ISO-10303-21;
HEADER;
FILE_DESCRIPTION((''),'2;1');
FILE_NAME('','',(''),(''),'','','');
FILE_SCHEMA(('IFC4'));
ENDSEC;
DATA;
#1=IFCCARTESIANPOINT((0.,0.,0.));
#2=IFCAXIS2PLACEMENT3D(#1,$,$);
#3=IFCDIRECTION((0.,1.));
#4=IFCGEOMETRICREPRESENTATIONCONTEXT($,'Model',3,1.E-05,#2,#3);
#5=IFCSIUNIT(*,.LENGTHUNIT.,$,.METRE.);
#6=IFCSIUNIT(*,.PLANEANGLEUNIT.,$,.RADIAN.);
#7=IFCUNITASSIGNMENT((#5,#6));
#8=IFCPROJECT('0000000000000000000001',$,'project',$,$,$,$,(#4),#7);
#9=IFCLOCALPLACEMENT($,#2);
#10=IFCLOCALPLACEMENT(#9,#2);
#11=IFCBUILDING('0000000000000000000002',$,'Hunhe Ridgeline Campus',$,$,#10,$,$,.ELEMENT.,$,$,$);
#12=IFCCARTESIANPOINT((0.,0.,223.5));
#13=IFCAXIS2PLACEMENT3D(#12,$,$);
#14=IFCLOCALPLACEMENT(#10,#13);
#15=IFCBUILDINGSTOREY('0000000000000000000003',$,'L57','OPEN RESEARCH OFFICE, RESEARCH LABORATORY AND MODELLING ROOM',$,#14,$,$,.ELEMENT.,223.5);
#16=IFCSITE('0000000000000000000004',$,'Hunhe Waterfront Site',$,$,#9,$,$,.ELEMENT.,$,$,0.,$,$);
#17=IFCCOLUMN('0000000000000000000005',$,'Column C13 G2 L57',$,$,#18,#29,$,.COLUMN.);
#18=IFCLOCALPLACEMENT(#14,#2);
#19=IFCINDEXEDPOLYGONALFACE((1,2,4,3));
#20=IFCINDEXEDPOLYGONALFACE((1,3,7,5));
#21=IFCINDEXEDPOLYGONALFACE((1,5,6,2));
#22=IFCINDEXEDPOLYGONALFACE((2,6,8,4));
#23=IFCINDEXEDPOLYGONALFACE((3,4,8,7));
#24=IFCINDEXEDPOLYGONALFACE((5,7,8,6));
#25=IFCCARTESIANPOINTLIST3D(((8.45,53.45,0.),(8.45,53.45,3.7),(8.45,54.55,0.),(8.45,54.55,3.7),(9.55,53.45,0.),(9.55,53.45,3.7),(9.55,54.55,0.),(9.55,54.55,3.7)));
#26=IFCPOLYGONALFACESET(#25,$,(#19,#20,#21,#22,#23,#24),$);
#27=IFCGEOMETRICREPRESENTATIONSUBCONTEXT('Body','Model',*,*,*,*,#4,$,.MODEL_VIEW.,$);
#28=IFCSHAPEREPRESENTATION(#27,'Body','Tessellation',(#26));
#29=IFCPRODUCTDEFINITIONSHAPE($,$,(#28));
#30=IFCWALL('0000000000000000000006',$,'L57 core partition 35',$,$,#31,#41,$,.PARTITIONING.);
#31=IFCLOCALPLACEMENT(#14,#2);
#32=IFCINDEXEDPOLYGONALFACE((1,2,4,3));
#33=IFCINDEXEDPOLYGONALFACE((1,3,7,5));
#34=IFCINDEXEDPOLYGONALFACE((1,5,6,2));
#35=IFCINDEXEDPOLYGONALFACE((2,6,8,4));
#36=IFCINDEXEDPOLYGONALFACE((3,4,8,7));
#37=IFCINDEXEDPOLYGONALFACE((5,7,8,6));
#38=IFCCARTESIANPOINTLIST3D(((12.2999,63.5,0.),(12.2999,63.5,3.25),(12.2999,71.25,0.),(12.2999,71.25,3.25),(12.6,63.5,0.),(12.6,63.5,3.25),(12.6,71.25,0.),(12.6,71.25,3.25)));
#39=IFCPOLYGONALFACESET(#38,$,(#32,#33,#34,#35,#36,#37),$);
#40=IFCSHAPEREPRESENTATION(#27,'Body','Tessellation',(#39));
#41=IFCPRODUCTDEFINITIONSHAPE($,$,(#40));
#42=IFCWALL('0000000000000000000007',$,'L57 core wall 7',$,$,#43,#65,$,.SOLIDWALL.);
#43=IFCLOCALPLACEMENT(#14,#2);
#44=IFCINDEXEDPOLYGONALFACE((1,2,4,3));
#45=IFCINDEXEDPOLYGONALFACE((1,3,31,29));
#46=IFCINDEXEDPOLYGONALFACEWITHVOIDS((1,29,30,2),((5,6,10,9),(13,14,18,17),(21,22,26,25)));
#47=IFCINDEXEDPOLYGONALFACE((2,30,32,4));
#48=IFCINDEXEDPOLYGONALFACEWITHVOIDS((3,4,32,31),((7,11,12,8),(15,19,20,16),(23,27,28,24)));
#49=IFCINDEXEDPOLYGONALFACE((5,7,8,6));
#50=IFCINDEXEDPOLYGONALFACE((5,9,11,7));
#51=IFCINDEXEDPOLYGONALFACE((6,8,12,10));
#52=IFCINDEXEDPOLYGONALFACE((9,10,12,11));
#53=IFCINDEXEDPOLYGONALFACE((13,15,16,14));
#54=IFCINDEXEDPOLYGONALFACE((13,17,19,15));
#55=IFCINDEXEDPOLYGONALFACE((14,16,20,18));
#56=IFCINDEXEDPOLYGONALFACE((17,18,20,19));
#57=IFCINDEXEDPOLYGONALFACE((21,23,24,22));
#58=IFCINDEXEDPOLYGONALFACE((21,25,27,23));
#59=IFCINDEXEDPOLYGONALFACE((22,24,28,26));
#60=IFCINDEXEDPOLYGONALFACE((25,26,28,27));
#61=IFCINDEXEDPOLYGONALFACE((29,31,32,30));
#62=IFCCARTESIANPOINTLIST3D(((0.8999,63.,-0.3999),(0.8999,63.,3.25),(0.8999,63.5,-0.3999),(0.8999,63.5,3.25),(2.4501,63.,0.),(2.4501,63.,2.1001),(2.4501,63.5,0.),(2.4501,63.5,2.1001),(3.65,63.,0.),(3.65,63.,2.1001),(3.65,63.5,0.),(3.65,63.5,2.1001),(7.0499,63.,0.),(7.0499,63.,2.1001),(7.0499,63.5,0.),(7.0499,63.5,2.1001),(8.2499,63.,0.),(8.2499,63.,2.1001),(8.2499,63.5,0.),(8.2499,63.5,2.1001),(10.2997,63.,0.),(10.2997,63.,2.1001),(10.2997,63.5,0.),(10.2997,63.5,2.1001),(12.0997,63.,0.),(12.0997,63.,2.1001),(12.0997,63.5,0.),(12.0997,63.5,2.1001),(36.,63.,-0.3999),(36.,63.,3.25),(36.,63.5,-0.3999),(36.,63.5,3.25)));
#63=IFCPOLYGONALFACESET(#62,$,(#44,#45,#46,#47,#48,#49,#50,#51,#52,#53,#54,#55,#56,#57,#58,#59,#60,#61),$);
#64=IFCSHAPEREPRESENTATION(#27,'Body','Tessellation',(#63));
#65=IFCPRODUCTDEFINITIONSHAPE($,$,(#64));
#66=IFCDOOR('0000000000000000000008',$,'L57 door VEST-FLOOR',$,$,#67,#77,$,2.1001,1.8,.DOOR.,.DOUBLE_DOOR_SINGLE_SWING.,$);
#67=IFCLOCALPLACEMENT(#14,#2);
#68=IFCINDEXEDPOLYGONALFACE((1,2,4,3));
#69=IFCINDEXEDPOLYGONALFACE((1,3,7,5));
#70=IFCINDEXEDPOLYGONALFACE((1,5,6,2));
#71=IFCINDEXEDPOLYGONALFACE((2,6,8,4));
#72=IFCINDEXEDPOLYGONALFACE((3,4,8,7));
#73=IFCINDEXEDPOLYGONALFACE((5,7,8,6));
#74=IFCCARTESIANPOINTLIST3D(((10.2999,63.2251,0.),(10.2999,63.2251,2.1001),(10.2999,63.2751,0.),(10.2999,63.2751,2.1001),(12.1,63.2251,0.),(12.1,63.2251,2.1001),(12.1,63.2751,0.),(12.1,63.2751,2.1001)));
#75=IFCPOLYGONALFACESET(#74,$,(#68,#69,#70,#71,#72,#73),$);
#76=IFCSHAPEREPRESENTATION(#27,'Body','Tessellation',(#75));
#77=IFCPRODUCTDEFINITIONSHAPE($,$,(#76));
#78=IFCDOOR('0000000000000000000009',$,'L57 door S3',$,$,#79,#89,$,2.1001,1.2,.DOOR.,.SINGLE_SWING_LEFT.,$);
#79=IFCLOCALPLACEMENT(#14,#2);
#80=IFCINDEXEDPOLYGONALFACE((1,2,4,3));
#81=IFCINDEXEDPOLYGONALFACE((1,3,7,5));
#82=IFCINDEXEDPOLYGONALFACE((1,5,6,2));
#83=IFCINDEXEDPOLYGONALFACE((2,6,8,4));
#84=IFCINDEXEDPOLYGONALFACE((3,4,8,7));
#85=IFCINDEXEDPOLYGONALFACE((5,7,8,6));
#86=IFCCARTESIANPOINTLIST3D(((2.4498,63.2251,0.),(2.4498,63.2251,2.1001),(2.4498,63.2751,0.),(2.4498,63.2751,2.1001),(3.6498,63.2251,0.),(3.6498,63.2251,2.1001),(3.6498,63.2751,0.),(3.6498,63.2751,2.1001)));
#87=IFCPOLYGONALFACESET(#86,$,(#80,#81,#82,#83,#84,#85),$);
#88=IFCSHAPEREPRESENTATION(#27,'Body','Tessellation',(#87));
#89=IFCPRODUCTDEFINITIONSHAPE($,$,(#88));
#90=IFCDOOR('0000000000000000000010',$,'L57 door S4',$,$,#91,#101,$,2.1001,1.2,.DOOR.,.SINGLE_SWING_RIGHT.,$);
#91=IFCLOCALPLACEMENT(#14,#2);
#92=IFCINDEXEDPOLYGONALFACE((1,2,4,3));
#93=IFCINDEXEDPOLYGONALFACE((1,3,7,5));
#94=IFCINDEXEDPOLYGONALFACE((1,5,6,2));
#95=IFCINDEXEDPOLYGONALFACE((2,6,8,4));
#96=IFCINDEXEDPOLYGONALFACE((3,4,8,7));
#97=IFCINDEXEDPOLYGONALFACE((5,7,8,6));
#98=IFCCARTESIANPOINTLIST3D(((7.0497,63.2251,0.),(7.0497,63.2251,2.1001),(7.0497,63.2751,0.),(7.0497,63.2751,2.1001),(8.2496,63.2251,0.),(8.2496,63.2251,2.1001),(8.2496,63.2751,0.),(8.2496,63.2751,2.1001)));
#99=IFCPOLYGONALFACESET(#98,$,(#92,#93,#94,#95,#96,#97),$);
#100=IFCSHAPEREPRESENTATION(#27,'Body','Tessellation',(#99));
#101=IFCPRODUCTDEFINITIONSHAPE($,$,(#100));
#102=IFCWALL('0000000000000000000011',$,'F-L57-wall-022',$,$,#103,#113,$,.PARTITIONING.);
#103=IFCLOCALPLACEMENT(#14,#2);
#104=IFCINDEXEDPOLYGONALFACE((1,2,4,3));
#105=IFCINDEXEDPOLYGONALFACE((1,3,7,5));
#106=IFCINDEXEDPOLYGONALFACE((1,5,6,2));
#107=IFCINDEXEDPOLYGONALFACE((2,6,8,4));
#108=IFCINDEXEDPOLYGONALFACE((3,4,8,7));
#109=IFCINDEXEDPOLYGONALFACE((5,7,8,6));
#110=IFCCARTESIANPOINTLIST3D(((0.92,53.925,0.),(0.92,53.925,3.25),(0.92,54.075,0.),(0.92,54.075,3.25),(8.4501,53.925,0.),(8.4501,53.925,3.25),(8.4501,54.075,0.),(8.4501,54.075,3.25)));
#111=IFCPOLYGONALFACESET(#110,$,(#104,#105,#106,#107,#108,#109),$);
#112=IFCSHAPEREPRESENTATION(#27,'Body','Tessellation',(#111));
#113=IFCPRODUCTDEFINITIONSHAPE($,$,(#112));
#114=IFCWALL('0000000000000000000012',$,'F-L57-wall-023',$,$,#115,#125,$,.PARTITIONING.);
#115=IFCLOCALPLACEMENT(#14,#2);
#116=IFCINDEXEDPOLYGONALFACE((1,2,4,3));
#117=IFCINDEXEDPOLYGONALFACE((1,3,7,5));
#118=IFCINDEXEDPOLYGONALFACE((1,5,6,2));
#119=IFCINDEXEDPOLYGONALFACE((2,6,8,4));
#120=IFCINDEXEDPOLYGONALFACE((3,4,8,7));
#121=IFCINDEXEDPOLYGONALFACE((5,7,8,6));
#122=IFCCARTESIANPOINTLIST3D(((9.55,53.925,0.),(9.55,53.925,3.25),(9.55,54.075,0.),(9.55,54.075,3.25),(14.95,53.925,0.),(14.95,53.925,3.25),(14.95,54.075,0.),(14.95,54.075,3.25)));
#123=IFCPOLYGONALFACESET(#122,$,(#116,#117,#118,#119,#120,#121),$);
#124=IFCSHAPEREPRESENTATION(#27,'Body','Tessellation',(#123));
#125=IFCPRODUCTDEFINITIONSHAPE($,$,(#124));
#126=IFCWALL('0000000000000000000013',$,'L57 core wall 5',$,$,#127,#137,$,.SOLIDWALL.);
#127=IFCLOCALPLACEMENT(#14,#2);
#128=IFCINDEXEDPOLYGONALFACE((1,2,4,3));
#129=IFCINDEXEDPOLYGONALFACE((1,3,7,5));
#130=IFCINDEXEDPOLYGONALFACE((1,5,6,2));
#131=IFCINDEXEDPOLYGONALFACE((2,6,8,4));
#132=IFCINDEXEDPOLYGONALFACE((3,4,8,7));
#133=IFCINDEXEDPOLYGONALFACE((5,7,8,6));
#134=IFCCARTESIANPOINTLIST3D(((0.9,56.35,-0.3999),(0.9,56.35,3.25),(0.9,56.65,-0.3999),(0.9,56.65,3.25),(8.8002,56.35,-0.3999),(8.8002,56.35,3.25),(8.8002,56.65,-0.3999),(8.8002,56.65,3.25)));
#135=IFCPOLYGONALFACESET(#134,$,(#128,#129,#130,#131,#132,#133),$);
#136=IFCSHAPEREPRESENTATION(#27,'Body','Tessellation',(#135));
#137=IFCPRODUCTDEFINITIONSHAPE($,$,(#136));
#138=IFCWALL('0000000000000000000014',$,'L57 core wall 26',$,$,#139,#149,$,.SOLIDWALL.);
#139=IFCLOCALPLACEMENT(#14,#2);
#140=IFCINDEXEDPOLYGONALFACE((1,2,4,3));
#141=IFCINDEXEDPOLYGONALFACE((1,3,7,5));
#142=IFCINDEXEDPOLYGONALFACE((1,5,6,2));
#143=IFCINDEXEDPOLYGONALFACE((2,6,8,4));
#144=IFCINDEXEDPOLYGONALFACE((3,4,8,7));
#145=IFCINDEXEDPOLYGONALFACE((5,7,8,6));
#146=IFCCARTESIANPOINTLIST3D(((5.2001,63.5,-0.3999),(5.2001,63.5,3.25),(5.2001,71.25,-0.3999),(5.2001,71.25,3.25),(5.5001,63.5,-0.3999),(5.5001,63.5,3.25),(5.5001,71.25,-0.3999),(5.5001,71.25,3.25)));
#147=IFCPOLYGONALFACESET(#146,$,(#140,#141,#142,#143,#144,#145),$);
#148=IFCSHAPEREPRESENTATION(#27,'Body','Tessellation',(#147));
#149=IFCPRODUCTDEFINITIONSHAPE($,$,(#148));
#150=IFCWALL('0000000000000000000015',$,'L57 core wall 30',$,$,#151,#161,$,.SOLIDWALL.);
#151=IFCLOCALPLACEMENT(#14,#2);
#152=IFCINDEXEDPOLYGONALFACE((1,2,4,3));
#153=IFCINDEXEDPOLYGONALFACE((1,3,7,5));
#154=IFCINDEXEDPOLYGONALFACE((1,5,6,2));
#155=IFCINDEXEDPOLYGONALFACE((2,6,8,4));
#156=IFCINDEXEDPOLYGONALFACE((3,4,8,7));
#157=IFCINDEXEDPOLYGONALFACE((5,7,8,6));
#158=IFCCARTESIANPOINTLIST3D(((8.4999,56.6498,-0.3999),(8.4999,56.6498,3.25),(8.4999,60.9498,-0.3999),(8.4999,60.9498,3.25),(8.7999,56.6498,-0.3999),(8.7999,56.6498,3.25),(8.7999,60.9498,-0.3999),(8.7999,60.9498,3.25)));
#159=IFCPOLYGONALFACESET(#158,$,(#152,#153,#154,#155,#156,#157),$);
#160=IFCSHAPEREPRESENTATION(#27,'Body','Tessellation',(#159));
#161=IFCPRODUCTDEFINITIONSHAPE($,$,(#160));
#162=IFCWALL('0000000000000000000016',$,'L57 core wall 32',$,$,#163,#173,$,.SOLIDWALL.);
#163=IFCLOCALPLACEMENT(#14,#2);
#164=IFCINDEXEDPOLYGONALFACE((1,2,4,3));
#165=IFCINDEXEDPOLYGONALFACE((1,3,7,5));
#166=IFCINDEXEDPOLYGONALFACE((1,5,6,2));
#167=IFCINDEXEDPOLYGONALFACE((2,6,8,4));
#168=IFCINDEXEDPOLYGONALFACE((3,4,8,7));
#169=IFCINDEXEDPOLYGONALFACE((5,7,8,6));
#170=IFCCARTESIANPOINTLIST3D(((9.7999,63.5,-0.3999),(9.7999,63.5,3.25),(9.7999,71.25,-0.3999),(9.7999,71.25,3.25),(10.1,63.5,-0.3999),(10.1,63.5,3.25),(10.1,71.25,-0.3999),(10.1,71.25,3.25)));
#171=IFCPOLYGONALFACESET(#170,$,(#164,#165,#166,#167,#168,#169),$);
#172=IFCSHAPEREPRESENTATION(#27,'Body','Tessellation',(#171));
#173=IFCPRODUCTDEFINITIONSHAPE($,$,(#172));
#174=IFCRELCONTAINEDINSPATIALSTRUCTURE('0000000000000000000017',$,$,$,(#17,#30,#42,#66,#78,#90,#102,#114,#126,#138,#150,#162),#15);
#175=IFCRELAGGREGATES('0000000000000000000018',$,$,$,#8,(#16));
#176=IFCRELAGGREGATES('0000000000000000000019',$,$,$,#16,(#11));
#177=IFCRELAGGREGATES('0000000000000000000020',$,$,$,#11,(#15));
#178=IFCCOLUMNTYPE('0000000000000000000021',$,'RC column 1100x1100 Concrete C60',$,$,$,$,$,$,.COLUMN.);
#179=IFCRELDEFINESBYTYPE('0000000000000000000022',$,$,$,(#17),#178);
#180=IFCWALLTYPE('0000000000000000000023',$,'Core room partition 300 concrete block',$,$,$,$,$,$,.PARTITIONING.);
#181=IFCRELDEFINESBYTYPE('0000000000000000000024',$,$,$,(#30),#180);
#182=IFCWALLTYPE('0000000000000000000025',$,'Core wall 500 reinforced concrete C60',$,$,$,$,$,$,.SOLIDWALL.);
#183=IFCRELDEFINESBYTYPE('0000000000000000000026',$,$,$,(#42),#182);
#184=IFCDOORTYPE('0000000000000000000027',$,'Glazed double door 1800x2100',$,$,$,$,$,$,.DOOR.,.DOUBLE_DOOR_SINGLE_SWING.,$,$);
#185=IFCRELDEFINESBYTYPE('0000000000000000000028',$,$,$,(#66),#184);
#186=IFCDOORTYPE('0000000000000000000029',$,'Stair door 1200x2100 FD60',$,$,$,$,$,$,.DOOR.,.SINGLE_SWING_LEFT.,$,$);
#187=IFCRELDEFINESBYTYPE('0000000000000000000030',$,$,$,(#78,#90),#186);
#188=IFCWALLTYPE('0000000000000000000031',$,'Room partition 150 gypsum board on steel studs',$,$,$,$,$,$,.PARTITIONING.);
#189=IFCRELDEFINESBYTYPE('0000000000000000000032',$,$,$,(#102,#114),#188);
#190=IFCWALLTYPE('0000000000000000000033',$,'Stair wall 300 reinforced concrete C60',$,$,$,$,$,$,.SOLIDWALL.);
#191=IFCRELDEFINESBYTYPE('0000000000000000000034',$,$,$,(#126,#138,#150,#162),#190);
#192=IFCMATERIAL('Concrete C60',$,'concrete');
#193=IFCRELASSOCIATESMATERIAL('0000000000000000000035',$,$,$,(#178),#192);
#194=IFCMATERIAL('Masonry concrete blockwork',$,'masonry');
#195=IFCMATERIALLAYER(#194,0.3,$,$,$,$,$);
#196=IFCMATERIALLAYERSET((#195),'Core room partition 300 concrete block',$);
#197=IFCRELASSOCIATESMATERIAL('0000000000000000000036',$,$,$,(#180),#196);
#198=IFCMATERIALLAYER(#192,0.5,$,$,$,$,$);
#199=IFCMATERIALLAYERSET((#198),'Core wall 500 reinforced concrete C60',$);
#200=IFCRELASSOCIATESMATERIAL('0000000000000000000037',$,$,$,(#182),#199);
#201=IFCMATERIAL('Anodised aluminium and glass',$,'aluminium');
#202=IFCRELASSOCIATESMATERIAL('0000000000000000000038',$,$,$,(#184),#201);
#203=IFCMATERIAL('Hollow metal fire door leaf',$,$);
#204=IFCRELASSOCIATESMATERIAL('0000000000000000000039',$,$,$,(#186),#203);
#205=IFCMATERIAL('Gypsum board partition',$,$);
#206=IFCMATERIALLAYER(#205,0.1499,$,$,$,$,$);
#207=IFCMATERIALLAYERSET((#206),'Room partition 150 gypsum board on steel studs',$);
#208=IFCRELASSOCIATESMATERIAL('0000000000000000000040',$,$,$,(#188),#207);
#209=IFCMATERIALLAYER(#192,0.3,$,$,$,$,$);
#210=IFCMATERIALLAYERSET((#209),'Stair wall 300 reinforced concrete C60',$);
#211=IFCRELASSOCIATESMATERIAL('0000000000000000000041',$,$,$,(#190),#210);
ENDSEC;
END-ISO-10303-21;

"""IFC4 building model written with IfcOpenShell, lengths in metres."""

from ifc_helpers import new_model, si_unit, direction, frame, frame_2d, origin, origin_2d, place, context, subcontext, project, spatial, rectangle, extrude, material, layer, layer_set, material_profile, profile_set, type_object, element, fill, save


model = new_model("IFC4")

# Units and contexts
model_context = context("Model", 3, precision=1e-05, world=origin(), true_north=direction((0.0, 1.0)))
body_context = subcontext(model_context, "Body", "Model", "MODEL_VIEW")
ifc_project = project(units=[si_unit("LENGTHUNIT", "METRE"), si_unit("PLANEANGLEUNIT", "RADIAN")], contexts=[model_context])

# Site, building, storey
site_placement = place(None, origin())
site = spatial("IfcSite", under=ifc_project, at=site_placement, Name="Hunhe Waterfront Site", CompositionType="ELEMENT", RefElevation=0.0)
building_placement = place(site_placement, origin())
building = spatial("IfcBuilding", under=site, at=building_placement, Name="Hunhe Ridgeline Campus", CompositionType="ELEMENT")
storey_placement = place(building_placement, frame((0.0, 0.0, 223.5)))
storey = spatial("IfcBuildingStorey", under=building, at=storey_placement, Name="L57", Description="OPEN RESEARCH OFFICE, RESEARCH LABORATORY AND MODELLING ROOM", CompositionType="ELEMENT", Elevation=223.5)

# Column
ifc_material_1 = material(Name="Concrete C60", Category="concrete")
ifc_material_profile = material_profile(ifc_material_1, rectangle(XDim=1.1001, YDim=1.1001, at=origin_2d()))
ifc_profile_set = profile_set([ifc_material_profile], Name="Concrete C60")
column_type = type_object("IfcColumnType", Name="RC column 1100x1100 Concrete C60", PredefinedType="COLUMN", material=ifc_profile_set)
column_placement = place(storey_placement, frame((9.0, 54.0, 0.0), z_axis=(0.0, 0.0, 1.0), x_axis=(1.0, 0.0, 0.0)))
element("IfcColumn", 1, at=column_placement, inside=storey, type_object=column_type, Name="Column C13 G2 L57", PredefinedType="COLUMN", context=body_context, shape_type="SweptSolid", body=[
    extrude(rectangle(XDim=1.1001, YDim=1.1001, at=origin_2d()), origin(), (0.0, 0.0, 1.0), 3.7),
])

# Wall
ifc_material_2 = material(Name="Masonry concrete blockwork", Category="masonry")
ifc_layer_1 = layer(ifc_material_2, 0.3)
ifc_layer_set_1 = layer_set([ifc_layer_1], Name="Core room partition 300 concrete block")
wall_type_1 = type_object("IfcWallType", Name="Core room partition 300 concrete block", PredefinedType="PARTITIONING", material=ifc_layer_set_1)
wall_1_placement = place(storey_placement, frame((12.45, 63.5, 0.0), z_axis=(0.0, 0.0, 1.0), x_axis=(0.0, 1.0, 0.0)))
element("IfcWall", 2, at=wall_1_placement, inside=storey, type_object=wall_type_1, Name="L57 core partition 35", PredefinedType="PARTITIONING", context=body_context, shape_type="SweptSolid", body=[
    extrude(rectangle(XDim=7.75, YDim=0.3, at=frame_2d((3.875, 0.0))), origin(), (0.0, 0.0, 1.0), 3.25),
])

# Wall, openings, doors
ifc_layer_2 = layer(ifc_material_1, 0.5)
ifc_layer_set_2 = layer_set([ifc_layer_2], Name="Core wall 500 reinforced concrete C60")
wall_type_2 = type_object("IfcWallType", Name="Core wall 500 reinforced concrete C60", PredefinedType="SOLIDWALL", material=ifc_layer_set_2)
wall_2_placement = place(storey_placement, frame((0.8999, 63.25, -0.3999), z_axis=(0.0, 0.0, 1.0), x_axis=(1.0, 0.0, 0.0)))
wall_2 = element("IfcWall", 3, at=wall_2_placement, inside=storey, type_object=wall_type_2, Name="L57 core wall 7", PredefinedType="SOLIDWALL", context=body_context, shape_type="SweptSolid", body=[
    extrude(rectangle(XDim=35.1001, YDim=0.5, at=frame_2d((17.55, 0.0))), origin(), (0.0, 0.0, 1.0), 3.6499),
])
opening_1_placement = place(wall_2_placement, frame((9.3999, 0.0, 0.3999)))
opening_1 = element("IfcOpeningElement", 4, at=opening_1_placement, cuts=wall_2, PredefinedType="OPENING", context=body_context, shape_type="SweptSolid", body=[
    extrude(rectangle(XDim=1.8, YDim=2.1001, at=frame_2d((0.8999, 1.05))), frame((0.0, 0.25, 0.0), z_axis=(0.0, -1.0, 0.0), x_axis=(1.0, 0.0, 0.0)), (0.0, 0.0, 1.0), 0.5),
])
opening_2_placement = place(wall_2_placement, frame((1.55, 0.0, 0.3999)))
opening_2 = element("IfcOpeningElement", 5, at=opening_2_placement, cuts=wall_2, PredefinedType="OPENING", context=body_context, shape_type="SweptSolid", body=[
    extrude(rectangle(XDim=1.2, YDim=2.1001, at=frame_2d((0.6001, 1.05))), frame((0.0, 0.25, 0.0), z_axis=(0.0, -1.0, 0.0), x_axis=(1.0, 0.0, 0.0)), (0.0, 0.0, 1.0), 0.5),
])
opening_3_placement = place(wall_2_placement, frame((6.1499, 0.0, 0.3999)))
opening_3 = element("IfcOpeningElement", 6, at=opening_3_placement, cuts=wall_2, PredefinedType="OPENING", context=body_context, shape_type="SweptSolid", body=[
    extrude(rectangle(XDim=1.2, YDim=2.1001, at=frame_2d((0.6001, 1.05))), frame((0.0, 0.25, 0.0), z_axis=(0.0, -1.0, 0.0), x_axis=(1.0, 0.0, 0.0)), (0.0, 0.0, 1.0), 0.5),
])
ifc_material_3 = material(Name="Anodised aluminium and glass", Category="aluminium")
door_type_1 = type_object("IfcDoorType", Name="Glazed double door 1800x2100", OperationType="DOUBLE_DOOR_SINGLE_SWING", PredefinedType="DOOR", material=ifc_material_3)
door_1_placement = place(opening_1_placement, frame((1.8, 0.0, 0.0), z_axis=(0.0, 0.0, 1.0), x_axis=(-1.0, 0.0, 0.0)))
door_1 = element("IfcDoor", 7, at=door_1_placement, inside=storey, type_object=door_type_1, Name="L57 door VEST-FLOOR", OperationType="DOUBLE_DOOR_SINGLE_SWING", OverallHeight=2.1001, OverallWidth=1.8, PredefinedType="DOOR", context=body_context, shape_type="SweptSolid", body=[
    extrude(rectangle(XDim=1.8, YDim=2.1001, at=frame_2d((0.8999, 1.05))), frame((0.0, 0.0249, 0.0), z_axis=(0.0, -1.0, 0.0), x_axis=(1.0, 0.0, 0.0)), (0.0, 0.0, 1.0), 0.05),
])
fill(opening_1, door_1)
ifc_material_4 = material(Name="Hollow metal fire door leaf")
door_type_2 = type_object("IfcDoorType", Name="Stair door 1200x2100 FD60", OperationType="SINGLE_SWING_LEFT", PredefinedType="DOOR", material=ifc_material_4)
door_2_placement = place(opening_2_placement, frame((1.2, 0.0, 0.0), z_axis=(0.0, 0.0, 1.0), x_axis=(-1.0, 0.0, 0.0)))
door_2 = element("IfcDoor", 8, at=door_2_placement, inside=storey, type_object=door_type_2, Name="L57 door S3", OperationType="SINGLE_SWING_LEFT", OverallHeight=2.1001, OverallWidth=1.2, PredefinedType="DOOR", context=body_context, shape_type="SweptSolid", body=[
    extrude(rectangle(XDim=1.2, YDim=2.1001, at=frame_2d((0.6001, 1.05))), frame((0.0, 0.0249, 0.0), z_axis=(0.0, -1.0, 0.0), x_axis=(1.0, 0.0, 0.0)), (0.0, 0.0, 1.0), 0.05),
])
fill(opening_2, door_2)
door_3_placement = place(opening_3_placement, frame((1.2, 0.0, 0.0), z_axis=(0.0, 0.0, 1.0), x_axis=(-1.0, 0.0, 0.0)))
door_3 = element("IfcDoor", 9, at=door_3_placement, inside=storey, type_object=door_type_2, Name="L57 door S4", OperationType="SINGLE_SWING_RIGHT", OverallHeight=2.1001, OverallWidth=1.2, PredefinedType="DOOR", context=body_context, shape_type="SweptSolid", body=[
    extrude(rectangle(XDim=1.2, YDim=2.1001, at=frame_2d((0.6001, 1.05))), frame((0.0, 0.0249, 0.0), z_axis=(0.0, -1.0, 0.0), x_axis=(1.0, 0.0, 0.0)), (0.0, 0.0, 1.0), 0.05),
])
fill(opening_3, door_3)

# Walls
ifc_material_5 = material(Name="Gypsum board partition")
ifc_layer_3 = layer(ifc_material_5, 0.1499)
ifc_layer_set_3 = layer_set([ifc_layer_3], Name="Room partition 150 gypsum board on steel studs")
wall_type_3 = type_object("IfcWallType", Name="Room partition 150 gypsum board on steel studs", PredefinedType="PARTITIONING", material=ifc_layer_set_3)
wall_3_placement = place(storey_placement, frame((0.9199, 54.0, 0.0), z_axis=(0.0, 0.0, 1.0), x_axis=(1.0, 0.0, 0.0)))
element("IfcWall", 10, at=wall_3_placement, inside=storey, type_object=wall_type_3, Name="F-L57-wall-022", PredefinedType="PARTITIONING", context=body_context, shape_type="SweptSolid", body=[
    extrude(rectangle(XDim=7.53, YDim=0.1499, at=frame_2d((3.7651, 0.0))), origin(), (0.0, 0.0, 1.0), 3.25),
])
wall_4_placement = place(storey_placement, frame((9.55, 54.0, 0.0), z_axis=(0.0, 0.0, 1.0), x_axis=(1.0, 0.0, 0.0)))
element("IfcWall", 11, at=wall_4_placement, inside=storey, type_object=wall_type_3, Name="F-L57-wall-023", PredefinedType="PARTITIONING", context=body_context, shape_type="SweptSolid", body=[
    extrude(rectangle(XDim=5.3999, YDim=0.1499, at=frame_2d((2.7, 0.0))), origin(), (0.0, 0.0, 1.0), 3.25),
])
ifc_layer_4 = layer(ifc_material_1, 0.3)
ifc_layer_set_4 = layer_set([ifc_layer_4], Name="Stair wall 300 reinforced concrete C60")
wall_type_4 = type_object("IfcWallType", Name="Stair wall 300 reinforced concrete C60", PredefinedType="SOLIDWALL", material=ifc_layer_set_4)
wall_5_placement = place(storey_placement, frame((0.8999, 56.5, -0.3999), z_axis=(0.0, 0.0, 1.0), x_axis=(1.0, 0.0, 0.0)))
element("IfcWall", 12, at=wall_5_placement, inside=storey, type_object=wall_type_4, Name="L57 core wall 5", PredefinedType="SOLIDWALL", context=body_context, shape_type="SweptSolid", body=[
    extrude(rectangle(XDim=7.9001, YDim=0.3, at=frame_2d((3.9502, 0.0))), origin(), (0.0, 0.0, 1.0), 3.6499),
])

# Walls
wall_6_placement = place(storey_placement, frame((5.3501, 63.5, -0.3999), z_axis=(0.0, 0.0, 1.0), x_axis=(0.0, 1.0, 0.0)))
element("IfcWall", 13, at=wall_6_placement, inside=storey, type_object=wall_type_4, Name="L57 core wall 26", PredefinedType="SOLIDWALL", context=body_context, shape_type="SweptSolid", body=[
    extrude(rectangle(XDim=7.75, YDim=0.3, at=frame_2d((3.875, 0.0))), origin(), (0.0, 0.0, 1.0), 3.6499),
])
wall_7_placement = place(storey_placement, frame((8.6499, 56.6499, -0.3999), z_axis=(0.0, 0.0, 1.0), x_axis=(0.0, 1.0, 0.0)))
element("IfcWall", 14, at=wall_7_placement, inside=storey, type_object=wall_type_4, Name="L57 core wall 30", PredefinedType="SOLIDWALL", context=body_context, shape_type="SweptSolid", body=[
    extrude(rectangle(XDim=4.3, YDim=0.3, at=frame_2d((2.1499, 0.0))), origin(), (0.0, 0.0, 1.0), 3.6499),
])
wall_8_placement = place(storey_placement, frame((9.95, 63.5, -0.3999), z_axis=(0.0, 0.0, 1.0), x_axis=(0.0, 1.0, 0.0)))
element("IfcWall", 15, at=wall_8_placement, inside=storey, type_object=wall_type_4, Name="L57 core wall 32", PredefinedType="SOLIDWALL", context=body_context, shape_type="SweptSolid", body=[
    extrude(rectangle(XDim=7.75, YDim=0.3, at=frame_2d((3.875, 0.0))), origin(), (0.0, 0.0, 1.0), 3.6499),
])

save(model, "model.ifc")
